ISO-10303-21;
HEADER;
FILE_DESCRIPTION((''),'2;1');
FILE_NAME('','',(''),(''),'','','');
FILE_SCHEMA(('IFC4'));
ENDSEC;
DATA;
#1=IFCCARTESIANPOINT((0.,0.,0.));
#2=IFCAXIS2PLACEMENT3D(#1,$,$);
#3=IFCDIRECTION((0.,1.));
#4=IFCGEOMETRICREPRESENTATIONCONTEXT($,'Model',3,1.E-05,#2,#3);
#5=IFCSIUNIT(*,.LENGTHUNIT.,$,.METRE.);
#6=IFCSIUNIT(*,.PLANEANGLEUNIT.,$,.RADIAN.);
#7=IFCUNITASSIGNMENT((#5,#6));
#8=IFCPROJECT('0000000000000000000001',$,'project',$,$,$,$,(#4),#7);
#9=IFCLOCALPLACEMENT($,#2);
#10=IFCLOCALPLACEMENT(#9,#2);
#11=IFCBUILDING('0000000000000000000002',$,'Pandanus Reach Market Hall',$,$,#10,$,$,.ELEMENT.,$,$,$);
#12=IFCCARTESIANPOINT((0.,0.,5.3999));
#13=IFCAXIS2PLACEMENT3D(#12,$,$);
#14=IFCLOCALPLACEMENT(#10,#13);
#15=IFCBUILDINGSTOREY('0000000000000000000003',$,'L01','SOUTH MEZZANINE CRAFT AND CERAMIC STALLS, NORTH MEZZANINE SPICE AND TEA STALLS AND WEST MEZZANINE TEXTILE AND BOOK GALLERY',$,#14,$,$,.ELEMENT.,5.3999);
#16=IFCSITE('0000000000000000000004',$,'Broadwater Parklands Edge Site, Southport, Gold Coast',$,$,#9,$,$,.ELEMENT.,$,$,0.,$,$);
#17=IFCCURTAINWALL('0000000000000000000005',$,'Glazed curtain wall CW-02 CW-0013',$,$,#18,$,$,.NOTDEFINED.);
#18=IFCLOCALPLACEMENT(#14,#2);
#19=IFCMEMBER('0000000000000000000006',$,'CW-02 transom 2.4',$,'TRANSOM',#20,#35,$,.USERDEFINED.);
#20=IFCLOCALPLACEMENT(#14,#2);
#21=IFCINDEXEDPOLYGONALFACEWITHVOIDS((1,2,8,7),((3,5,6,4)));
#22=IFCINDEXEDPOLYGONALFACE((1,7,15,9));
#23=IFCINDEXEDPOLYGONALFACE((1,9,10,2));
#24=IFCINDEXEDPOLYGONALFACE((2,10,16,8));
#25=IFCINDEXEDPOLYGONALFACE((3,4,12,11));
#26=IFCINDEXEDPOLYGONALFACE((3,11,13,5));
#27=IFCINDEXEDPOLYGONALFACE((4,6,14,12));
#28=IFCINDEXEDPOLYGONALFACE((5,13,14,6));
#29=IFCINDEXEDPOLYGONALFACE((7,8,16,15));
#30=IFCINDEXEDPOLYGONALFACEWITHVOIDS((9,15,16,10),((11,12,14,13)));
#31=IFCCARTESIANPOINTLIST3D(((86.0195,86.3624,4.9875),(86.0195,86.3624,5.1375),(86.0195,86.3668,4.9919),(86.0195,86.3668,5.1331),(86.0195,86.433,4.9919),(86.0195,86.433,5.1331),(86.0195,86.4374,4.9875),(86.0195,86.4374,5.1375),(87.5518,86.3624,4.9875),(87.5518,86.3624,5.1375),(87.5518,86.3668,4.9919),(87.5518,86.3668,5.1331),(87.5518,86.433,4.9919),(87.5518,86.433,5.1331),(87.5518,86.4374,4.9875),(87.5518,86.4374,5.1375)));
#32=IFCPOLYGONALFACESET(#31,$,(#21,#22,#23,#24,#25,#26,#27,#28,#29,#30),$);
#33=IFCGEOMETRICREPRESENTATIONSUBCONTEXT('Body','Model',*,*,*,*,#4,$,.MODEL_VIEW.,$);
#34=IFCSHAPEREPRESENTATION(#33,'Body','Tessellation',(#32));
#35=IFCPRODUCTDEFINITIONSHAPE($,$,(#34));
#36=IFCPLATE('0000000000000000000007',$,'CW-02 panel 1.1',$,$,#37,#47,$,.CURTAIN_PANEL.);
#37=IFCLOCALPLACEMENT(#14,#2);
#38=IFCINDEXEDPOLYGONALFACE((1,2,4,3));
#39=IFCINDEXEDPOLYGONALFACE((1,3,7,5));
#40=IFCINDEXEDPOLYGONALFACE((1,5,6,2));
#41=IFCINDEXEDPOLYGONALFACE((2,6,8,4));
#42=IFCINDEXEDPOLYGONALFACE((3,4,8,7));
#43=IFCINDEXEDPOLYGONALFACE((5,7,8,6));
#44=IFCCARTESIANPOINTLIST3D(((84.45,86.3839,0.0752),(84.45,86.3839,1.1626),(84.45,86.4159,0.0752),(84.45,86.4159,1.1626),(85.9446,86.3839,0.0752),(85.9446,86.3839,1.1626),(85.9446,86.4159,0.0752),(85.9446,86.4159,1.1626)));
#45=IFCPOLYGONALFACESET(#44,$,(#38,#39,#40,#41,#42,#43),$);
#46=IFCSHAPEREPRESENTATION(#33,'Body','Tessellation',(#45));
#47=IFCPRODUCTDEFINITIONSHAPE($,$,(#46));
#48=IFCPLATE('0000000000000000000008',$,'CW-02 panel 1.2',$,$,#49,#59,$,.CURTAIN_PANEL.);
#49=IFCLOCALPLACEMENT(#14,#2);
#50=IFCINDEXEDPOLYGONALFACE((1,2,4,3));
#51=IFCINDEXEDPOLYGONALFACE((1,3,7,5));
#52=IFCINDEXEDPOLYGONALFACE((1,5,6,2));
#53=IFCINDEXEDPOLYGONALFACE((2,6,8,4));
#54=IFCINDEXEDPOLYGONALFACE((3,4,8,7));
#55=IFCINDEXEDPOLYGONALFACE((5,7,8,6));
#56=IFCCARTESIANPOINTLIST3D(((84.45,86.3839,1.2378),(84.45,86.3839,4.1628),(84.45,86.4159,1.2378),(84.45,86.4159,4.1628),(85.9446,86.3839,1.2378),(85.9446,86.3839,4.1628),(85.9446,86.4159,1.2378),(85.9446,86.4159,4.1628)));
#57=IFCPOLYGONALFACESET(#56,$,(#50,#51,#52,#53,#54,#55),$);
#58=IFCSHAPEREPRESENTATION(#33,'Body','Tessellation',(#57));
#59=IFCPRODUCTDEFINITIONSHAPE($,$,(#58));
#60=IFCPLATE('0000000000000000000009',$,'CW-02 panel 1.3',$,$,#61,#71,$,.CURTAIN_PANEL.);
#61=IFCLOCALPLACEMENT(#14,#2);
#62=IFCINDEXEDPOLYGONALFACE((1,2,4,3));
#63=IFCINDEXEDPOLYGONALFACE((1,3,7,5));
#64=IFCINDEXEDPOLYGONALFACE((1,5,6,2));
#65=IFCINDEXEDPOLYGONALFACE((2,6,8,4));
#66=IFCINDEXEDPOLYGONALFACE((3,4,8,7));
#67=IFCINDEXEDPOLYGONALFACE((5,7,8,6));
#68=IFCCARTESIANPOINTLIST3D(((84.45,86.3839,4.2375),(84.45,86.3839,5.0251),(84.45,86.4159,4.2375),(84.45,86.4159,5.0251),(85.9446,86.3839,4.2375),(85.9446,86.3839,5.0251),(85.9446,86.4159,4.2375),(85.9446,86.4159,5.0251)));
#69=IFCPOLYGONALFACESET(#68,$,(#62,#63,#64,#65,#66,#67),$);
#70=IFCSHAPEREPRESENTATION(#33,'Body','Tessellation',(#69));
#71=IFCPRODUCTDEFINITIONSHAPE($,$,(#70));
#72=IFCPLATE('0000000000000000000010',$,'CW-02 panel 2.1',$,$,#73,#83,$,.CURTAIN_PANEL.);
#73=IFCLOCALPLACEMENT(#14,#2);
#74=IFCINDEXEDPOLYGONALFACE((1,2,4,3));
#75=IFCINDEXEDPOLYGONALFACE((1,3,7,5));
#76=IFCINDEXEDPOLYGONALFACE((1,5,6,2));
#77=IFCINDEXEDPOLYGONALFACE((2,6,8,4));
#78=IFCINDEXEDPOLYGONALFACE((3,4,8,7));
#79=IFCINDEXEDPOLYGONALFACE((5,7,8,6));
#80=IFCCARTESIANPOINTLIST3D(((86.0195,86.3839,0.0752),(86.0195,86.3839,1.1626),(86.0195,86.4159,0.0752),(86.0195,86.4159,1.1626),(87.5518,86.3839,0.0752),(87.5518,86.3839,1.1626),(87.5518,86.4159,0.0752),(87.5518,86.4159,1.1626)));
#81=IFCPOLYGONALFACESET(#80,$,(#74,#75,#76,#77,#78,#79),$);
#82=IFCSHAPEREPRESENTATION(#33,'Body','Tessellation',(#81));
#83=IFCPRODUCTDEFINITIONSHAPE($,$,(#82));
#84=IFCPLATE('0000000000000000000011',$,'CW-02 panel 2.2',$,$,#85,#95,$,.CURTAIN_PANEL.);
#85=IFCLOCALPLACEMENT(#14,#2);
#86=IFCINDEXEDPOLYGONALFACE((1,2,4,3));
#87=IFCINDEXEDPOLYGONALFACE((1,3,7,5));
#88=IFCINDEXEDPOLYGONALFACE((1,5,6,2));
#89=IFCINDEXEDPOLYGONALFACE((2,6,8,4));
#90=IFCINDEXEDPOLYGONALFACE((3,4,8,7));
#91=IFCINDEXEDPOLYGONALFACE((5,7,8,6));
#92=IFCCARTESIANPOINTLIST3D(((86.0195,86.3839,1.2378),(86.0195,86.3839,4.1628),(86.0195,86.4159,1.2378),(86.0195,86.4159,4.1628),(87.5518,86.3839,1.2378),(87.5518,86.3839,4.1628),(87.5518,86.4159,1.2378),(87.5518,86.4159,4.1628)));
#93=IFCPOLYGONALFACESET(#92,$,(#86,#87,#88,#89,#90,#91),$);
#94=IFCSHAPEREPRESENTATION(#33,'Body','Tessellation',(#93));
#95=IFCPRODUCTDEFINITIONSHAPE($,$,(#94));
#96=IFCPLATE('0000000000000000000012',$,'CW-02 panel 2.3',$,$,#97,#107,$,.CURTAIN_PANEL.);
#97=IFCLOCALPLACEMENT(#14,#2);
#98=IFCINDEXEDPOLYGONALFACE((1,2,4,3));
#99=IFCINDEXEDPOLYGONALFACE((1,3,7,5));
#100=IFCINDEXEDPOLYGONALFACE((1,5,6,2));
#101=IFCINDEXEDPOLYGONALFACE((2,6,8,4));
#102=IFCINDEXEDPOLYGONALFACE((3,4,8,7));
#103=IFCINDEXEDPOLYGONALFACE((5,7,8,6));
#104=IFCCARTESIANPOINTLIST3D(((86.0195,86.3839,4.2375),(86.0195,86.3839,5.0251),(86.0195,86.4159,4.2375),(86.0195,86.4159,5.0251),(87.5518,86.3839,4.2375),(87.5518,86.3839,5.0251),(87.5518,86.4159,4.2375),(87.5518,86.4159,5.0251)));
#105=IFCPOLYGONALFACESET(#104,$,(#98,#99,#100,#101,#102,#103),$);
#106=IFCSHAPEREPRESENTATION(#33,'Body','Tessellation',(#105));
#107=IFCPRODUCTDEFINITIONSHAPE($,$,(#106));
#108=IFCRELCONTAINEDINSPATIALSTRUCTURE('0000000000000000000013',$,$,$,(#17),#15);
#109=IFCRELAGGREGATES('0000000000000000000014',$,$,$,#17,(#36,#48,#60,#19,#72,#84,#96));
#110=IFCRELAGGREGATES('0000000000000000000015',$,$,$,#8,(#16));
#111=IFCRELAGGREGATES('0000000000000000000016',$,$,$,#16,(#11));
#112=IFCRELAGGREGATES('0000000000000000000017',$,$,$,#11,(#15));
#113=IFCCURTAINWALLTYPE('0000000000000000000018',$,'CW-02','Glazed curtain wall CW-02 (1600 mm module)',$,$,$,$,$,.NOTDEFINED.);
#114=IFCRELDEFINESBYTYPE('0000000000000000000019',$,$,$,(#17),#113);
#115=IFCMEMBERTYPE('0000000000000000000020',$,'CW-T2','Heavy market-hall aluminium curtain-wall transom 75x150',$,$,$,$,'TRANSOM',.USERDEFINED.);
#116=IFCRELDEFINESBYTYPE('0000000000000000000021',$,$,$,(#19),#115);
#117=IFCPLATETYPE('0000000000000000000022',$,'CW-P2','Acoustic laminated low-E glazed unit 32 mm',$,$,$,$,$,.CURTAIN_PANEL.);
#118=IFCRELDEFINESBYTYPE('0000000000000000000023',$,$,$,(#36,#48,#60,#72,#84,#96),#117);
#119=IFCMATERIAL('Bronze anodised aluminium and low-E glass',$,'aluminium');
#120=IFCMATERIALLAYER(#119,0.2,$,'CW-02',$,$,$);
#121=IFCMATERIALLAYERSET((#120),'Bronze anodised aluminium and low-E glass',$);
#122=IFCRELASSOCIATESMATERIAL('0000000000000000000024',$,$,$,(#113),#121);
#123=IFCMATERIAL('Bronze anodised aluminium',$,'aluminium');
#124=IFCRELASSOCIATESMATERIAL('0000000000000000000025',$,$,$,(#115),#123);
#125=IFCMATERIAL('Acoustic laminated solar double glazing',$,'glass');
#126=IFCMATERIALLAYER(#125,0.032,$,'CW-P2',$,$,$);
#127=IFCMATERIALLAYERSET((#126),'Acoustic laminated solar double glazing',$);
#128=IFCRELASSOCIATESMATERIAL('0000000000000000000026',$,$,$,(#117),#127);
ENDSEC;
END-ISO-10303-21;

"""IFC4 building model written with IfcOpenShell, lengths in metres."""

from ifc_helpers import new_model, si_unit, direction, frame, origin, origin_2d, place, context, subcontext, project, spatial, rectangle, hollow_rectangle, extrude, material, layer, layer_set, material_profile, profile_set, type_object, element, aggregate, save


model = new_model("IFC4")

# Units and contexts
model_context = context("Model", 3, precision=1e-05, world=origin(), true_north=direction((0.0, 1.0)))
body_context = subcontext(model_context, "Body", "Model", "MODEL_VIEW")
ifc_project = project(units=[si_unit("LENGTHUNIT", "METRE"), si_unit("PLANEANGLEUNIT", "RADIAN")], contexts=[model_context])

# Site, building, storey
site_placement = place(None, origin())
site = spatial("IfcSite", under=ifc_project, at=site_placement, Name="Broadwater Parklands Edge Site, Southport, Gold Coast", CompositionType="ELEMENT", RefElevation=0.0)
building_placement = place(site_placement, origin())
building = spatial("IfcBuilding", under=site, at=building_placement, Name="Pandanus Reach Market Hall", CompositionType="ELEMENT")
storey_placement = place(building_placement, frame((0.0, 0.0, 5.3999)))
storey = spatial("IfcBuildingStorey", under=building, at=storey_placement, Name="L01", Description="SOUTH MEZZANINE CRAFT AND CERAMIC STALLS, NORTH MEZZANINE SPICE AND TEA STALLS AND WEST MEZZANINE TEXTILE AND BOOK GALLERY", CompositionType="ELEMENT", Elevation=5.3999)

# Curtain wall, member, plates
ifc_material_1 = material(Name="Bronze anodised aluminium and low-E glass", Category="aluminium")
ifc_layer_1 = layer(ifc_material_1, 0.2, Name="CW-02")
ifc_layer_set_1 = layer_set([ifc_layer_1], Name="Bronze anodised aluminium and low-E glass")
curtain_wall_type = type_object("IfcCurtainWallType", Name="CW-02", Description="Glazed curtain wall CW-02 (1600 mm module)", PredefinedType="NOTDEFINED", material=ifc_layer_set_1)
curtain_wall_placement = place(storey_placement, origin())
curtain_wall = element("IfcCurtainWall", 1, at=curtain_wall_placement, inside=storey, type_object=curtain_wall_type, Name="Glazed curtain wall CW-02 CW-0013", PredefinedType="NOTDEFINED")
ifc_material_2 = material(Name="Bronze anodised aluminium", Category="aluminium")
ifc_material_profile_1 = material_profile(ifc_material_2, hollow_rectangle(XDim=0.075, YDim=0.1499, WallThickness=0.0044, at=origin_2d()), Name="ALU75x150", Category="LoadBearing")
ifc_profile_set_1 = profile_set([ifc_material_profile_1], Name="Bronze anodised aluminium")
member_type_1 = type_object("IfcMemberType", Name="CW-T2", Description="Heavy market-hall aluminium curtain-wall transom 75x150", ElementType="TRANSOM", PredefinedType="USERDEFINED", material=ifc_profile_set_1)
member_1_placement = place(storey_placement, frame((86.0195, 86.3999, 5.0625), z_axis=(1.0, 0.0, 0.0), x_axis=(0.0, 1.0, 0.0)))
member_1 = element("IfcMember", 2, at=member_1_placement, type_object=member_type_1, Name="CW-02 transom 2.4", ObjectType="TRANSOM", PredefinedType="USERDEFINED", context=body_context, shape_type="SweptSolid", body=[
    extrude(hollow_rectangle(XDim=0.075, YDim=0.1499, WallThickness=0.0044, at=origin_2d()), origin(), (0.0, 0.0, 1.0), 1.5322),
])
ifc_material_3 = material(Name="Acoustic laminated solar double glazing", Category="glass")
ifc_layer_2 = layer(ifc_material_3, 0.032, Name="CW-P2")
ifc_layer_set_2 = layer_set([ifc_layer_2], Name="Acoustic laminated solar double glazing")
plate_type = type_object("IfcPlateType", Name="CW-P2", Description="Acoustic laminated low-E glazed unit 32 mm", PredefinedType="CURTAIN_PANEL", material=ifc_layer_set_2)
plate_1_placement = place(storey_placement, frame((85.1973, 86.3999, 0.0752), z_axis=(0.0, 0.0, 1.0), x_axis=(1.0, 0.0, 0.0)))
plate_1 = element("IfcPlate", 3, at=plate_1_placement, type_object=plate_type, Name="CW-02 panel 1.1", PredefinedType="CURTAIN_PANEL", context=body_context, shape_type="SweptSolid", body=[
    extrude(rectangle(XDim=1.4946, YDim=0.032, at=origin_2d()), origin(), (0.0, 0.0, 1.0), 1.0874),
])
plate_2_placement = place(storey_placement, frame((85.1973, 86.3999, 1.2378), z_axis=(0.0, 0.0, 1.0), x_axis=(1.0, 0.0, 0.0)))
plate_2 = element("IfcPlate", 4, at=plate_2_placement, type_object=plate_type, Name="CW-02 panel 1.2", PredefinedType="CURTAIN_PANEL", context=body_context, shape_type="SweptSolid", body=[
    extrude(rectangle(XDim=1.4946, YDim=0.032, at=origin_2d()), origin(), (0.0, 0.0, 1.0), 2.925),
])
plate_3_placement = place(storey_placement, frame((85.1973, 86.3999, 4.2375), z_axis=(0.0, 0.0, 1.0), x_axis=(1.0, 0.0, 0.0)))
plate_3 = element("IfcPlate", 5, at=plate_3_placement, type_object=plate_type, Name="CW-02 panel 1.3", PredefinedType="CURTAIN_PANEL", context=body_context, shape_type="SweptSolid", body=[
    extrude(rectangle(XDim=1.4946, YDim=0.032, at=origin_2d()), origin(), (0.0, 0.0, 1.0), 0.7876),
])
plate_4_placement = place(storey_placement, frame((86.7856, 86.3999, 0.0752), z_axis=(0.0, 0.0, 1.0), x_axis=(1.0, 0.0, 0.0)))
plate_4 = element("IfcPlate", 6, at=plate_4_placement, type_object=plate_type, Name="CW-02 panel 2.1", PredefinedType="CURTAIN_PANEL", context=body_context, shape_type="SweptSolid", body=[
    extrude(rectangle(XDim=1.5322, YDim=0.032, at=origin_2d()), origin(), (0.0, 0.0, 1.0), 1.0874),
])
plate_5_placement = place(storey_placement, frame((86.7856, 86.3999, 1.2378), z_axis=(0.0, 0.0, 1.0), x_axis=(1.0, 0.0, 0.0)))
plate_5 = element("IfcPlate", 7, at=plate_5_placement, type_object=plate_type, Name="CW-02 panel 2.2", PredefinedType="CURTAIN_PANEL", context=body_context, shape_type="SweptSolid", body=[
    extrude(rectangle(XDim=1.5322, YDim=0.032, at=origin_2d()), origin(), (0.0, 0.0, 1.0), 2.925),
])
plate_6_placement = place(storey_placement, frame((86.7856, 86.3999, 4.2375), z_axis=(0.0, 0.0, 1.0), x_axis=(1.0, 0.0, 0.0)))
plate_6 = element("IfcPlate", 8, at=plate_6_placement, type_object=plate_type, Name="CW-02 panel 2.3", PredefinedType="CURTAIN_PANEL", context=body_context, shape_type="SweptSolid", body=[
    extrude(rectangle(XDim=1.5322, YDim=0.032, at=origin_2d()), origin(), (0.0, 0.0, 1.0), 0.7876),
])
aggregate(curtain_wall, [plate_1, plate_2, plate_3, member_1, plate_4, plate_5, plate_6])

save(model, "model.ifc")
